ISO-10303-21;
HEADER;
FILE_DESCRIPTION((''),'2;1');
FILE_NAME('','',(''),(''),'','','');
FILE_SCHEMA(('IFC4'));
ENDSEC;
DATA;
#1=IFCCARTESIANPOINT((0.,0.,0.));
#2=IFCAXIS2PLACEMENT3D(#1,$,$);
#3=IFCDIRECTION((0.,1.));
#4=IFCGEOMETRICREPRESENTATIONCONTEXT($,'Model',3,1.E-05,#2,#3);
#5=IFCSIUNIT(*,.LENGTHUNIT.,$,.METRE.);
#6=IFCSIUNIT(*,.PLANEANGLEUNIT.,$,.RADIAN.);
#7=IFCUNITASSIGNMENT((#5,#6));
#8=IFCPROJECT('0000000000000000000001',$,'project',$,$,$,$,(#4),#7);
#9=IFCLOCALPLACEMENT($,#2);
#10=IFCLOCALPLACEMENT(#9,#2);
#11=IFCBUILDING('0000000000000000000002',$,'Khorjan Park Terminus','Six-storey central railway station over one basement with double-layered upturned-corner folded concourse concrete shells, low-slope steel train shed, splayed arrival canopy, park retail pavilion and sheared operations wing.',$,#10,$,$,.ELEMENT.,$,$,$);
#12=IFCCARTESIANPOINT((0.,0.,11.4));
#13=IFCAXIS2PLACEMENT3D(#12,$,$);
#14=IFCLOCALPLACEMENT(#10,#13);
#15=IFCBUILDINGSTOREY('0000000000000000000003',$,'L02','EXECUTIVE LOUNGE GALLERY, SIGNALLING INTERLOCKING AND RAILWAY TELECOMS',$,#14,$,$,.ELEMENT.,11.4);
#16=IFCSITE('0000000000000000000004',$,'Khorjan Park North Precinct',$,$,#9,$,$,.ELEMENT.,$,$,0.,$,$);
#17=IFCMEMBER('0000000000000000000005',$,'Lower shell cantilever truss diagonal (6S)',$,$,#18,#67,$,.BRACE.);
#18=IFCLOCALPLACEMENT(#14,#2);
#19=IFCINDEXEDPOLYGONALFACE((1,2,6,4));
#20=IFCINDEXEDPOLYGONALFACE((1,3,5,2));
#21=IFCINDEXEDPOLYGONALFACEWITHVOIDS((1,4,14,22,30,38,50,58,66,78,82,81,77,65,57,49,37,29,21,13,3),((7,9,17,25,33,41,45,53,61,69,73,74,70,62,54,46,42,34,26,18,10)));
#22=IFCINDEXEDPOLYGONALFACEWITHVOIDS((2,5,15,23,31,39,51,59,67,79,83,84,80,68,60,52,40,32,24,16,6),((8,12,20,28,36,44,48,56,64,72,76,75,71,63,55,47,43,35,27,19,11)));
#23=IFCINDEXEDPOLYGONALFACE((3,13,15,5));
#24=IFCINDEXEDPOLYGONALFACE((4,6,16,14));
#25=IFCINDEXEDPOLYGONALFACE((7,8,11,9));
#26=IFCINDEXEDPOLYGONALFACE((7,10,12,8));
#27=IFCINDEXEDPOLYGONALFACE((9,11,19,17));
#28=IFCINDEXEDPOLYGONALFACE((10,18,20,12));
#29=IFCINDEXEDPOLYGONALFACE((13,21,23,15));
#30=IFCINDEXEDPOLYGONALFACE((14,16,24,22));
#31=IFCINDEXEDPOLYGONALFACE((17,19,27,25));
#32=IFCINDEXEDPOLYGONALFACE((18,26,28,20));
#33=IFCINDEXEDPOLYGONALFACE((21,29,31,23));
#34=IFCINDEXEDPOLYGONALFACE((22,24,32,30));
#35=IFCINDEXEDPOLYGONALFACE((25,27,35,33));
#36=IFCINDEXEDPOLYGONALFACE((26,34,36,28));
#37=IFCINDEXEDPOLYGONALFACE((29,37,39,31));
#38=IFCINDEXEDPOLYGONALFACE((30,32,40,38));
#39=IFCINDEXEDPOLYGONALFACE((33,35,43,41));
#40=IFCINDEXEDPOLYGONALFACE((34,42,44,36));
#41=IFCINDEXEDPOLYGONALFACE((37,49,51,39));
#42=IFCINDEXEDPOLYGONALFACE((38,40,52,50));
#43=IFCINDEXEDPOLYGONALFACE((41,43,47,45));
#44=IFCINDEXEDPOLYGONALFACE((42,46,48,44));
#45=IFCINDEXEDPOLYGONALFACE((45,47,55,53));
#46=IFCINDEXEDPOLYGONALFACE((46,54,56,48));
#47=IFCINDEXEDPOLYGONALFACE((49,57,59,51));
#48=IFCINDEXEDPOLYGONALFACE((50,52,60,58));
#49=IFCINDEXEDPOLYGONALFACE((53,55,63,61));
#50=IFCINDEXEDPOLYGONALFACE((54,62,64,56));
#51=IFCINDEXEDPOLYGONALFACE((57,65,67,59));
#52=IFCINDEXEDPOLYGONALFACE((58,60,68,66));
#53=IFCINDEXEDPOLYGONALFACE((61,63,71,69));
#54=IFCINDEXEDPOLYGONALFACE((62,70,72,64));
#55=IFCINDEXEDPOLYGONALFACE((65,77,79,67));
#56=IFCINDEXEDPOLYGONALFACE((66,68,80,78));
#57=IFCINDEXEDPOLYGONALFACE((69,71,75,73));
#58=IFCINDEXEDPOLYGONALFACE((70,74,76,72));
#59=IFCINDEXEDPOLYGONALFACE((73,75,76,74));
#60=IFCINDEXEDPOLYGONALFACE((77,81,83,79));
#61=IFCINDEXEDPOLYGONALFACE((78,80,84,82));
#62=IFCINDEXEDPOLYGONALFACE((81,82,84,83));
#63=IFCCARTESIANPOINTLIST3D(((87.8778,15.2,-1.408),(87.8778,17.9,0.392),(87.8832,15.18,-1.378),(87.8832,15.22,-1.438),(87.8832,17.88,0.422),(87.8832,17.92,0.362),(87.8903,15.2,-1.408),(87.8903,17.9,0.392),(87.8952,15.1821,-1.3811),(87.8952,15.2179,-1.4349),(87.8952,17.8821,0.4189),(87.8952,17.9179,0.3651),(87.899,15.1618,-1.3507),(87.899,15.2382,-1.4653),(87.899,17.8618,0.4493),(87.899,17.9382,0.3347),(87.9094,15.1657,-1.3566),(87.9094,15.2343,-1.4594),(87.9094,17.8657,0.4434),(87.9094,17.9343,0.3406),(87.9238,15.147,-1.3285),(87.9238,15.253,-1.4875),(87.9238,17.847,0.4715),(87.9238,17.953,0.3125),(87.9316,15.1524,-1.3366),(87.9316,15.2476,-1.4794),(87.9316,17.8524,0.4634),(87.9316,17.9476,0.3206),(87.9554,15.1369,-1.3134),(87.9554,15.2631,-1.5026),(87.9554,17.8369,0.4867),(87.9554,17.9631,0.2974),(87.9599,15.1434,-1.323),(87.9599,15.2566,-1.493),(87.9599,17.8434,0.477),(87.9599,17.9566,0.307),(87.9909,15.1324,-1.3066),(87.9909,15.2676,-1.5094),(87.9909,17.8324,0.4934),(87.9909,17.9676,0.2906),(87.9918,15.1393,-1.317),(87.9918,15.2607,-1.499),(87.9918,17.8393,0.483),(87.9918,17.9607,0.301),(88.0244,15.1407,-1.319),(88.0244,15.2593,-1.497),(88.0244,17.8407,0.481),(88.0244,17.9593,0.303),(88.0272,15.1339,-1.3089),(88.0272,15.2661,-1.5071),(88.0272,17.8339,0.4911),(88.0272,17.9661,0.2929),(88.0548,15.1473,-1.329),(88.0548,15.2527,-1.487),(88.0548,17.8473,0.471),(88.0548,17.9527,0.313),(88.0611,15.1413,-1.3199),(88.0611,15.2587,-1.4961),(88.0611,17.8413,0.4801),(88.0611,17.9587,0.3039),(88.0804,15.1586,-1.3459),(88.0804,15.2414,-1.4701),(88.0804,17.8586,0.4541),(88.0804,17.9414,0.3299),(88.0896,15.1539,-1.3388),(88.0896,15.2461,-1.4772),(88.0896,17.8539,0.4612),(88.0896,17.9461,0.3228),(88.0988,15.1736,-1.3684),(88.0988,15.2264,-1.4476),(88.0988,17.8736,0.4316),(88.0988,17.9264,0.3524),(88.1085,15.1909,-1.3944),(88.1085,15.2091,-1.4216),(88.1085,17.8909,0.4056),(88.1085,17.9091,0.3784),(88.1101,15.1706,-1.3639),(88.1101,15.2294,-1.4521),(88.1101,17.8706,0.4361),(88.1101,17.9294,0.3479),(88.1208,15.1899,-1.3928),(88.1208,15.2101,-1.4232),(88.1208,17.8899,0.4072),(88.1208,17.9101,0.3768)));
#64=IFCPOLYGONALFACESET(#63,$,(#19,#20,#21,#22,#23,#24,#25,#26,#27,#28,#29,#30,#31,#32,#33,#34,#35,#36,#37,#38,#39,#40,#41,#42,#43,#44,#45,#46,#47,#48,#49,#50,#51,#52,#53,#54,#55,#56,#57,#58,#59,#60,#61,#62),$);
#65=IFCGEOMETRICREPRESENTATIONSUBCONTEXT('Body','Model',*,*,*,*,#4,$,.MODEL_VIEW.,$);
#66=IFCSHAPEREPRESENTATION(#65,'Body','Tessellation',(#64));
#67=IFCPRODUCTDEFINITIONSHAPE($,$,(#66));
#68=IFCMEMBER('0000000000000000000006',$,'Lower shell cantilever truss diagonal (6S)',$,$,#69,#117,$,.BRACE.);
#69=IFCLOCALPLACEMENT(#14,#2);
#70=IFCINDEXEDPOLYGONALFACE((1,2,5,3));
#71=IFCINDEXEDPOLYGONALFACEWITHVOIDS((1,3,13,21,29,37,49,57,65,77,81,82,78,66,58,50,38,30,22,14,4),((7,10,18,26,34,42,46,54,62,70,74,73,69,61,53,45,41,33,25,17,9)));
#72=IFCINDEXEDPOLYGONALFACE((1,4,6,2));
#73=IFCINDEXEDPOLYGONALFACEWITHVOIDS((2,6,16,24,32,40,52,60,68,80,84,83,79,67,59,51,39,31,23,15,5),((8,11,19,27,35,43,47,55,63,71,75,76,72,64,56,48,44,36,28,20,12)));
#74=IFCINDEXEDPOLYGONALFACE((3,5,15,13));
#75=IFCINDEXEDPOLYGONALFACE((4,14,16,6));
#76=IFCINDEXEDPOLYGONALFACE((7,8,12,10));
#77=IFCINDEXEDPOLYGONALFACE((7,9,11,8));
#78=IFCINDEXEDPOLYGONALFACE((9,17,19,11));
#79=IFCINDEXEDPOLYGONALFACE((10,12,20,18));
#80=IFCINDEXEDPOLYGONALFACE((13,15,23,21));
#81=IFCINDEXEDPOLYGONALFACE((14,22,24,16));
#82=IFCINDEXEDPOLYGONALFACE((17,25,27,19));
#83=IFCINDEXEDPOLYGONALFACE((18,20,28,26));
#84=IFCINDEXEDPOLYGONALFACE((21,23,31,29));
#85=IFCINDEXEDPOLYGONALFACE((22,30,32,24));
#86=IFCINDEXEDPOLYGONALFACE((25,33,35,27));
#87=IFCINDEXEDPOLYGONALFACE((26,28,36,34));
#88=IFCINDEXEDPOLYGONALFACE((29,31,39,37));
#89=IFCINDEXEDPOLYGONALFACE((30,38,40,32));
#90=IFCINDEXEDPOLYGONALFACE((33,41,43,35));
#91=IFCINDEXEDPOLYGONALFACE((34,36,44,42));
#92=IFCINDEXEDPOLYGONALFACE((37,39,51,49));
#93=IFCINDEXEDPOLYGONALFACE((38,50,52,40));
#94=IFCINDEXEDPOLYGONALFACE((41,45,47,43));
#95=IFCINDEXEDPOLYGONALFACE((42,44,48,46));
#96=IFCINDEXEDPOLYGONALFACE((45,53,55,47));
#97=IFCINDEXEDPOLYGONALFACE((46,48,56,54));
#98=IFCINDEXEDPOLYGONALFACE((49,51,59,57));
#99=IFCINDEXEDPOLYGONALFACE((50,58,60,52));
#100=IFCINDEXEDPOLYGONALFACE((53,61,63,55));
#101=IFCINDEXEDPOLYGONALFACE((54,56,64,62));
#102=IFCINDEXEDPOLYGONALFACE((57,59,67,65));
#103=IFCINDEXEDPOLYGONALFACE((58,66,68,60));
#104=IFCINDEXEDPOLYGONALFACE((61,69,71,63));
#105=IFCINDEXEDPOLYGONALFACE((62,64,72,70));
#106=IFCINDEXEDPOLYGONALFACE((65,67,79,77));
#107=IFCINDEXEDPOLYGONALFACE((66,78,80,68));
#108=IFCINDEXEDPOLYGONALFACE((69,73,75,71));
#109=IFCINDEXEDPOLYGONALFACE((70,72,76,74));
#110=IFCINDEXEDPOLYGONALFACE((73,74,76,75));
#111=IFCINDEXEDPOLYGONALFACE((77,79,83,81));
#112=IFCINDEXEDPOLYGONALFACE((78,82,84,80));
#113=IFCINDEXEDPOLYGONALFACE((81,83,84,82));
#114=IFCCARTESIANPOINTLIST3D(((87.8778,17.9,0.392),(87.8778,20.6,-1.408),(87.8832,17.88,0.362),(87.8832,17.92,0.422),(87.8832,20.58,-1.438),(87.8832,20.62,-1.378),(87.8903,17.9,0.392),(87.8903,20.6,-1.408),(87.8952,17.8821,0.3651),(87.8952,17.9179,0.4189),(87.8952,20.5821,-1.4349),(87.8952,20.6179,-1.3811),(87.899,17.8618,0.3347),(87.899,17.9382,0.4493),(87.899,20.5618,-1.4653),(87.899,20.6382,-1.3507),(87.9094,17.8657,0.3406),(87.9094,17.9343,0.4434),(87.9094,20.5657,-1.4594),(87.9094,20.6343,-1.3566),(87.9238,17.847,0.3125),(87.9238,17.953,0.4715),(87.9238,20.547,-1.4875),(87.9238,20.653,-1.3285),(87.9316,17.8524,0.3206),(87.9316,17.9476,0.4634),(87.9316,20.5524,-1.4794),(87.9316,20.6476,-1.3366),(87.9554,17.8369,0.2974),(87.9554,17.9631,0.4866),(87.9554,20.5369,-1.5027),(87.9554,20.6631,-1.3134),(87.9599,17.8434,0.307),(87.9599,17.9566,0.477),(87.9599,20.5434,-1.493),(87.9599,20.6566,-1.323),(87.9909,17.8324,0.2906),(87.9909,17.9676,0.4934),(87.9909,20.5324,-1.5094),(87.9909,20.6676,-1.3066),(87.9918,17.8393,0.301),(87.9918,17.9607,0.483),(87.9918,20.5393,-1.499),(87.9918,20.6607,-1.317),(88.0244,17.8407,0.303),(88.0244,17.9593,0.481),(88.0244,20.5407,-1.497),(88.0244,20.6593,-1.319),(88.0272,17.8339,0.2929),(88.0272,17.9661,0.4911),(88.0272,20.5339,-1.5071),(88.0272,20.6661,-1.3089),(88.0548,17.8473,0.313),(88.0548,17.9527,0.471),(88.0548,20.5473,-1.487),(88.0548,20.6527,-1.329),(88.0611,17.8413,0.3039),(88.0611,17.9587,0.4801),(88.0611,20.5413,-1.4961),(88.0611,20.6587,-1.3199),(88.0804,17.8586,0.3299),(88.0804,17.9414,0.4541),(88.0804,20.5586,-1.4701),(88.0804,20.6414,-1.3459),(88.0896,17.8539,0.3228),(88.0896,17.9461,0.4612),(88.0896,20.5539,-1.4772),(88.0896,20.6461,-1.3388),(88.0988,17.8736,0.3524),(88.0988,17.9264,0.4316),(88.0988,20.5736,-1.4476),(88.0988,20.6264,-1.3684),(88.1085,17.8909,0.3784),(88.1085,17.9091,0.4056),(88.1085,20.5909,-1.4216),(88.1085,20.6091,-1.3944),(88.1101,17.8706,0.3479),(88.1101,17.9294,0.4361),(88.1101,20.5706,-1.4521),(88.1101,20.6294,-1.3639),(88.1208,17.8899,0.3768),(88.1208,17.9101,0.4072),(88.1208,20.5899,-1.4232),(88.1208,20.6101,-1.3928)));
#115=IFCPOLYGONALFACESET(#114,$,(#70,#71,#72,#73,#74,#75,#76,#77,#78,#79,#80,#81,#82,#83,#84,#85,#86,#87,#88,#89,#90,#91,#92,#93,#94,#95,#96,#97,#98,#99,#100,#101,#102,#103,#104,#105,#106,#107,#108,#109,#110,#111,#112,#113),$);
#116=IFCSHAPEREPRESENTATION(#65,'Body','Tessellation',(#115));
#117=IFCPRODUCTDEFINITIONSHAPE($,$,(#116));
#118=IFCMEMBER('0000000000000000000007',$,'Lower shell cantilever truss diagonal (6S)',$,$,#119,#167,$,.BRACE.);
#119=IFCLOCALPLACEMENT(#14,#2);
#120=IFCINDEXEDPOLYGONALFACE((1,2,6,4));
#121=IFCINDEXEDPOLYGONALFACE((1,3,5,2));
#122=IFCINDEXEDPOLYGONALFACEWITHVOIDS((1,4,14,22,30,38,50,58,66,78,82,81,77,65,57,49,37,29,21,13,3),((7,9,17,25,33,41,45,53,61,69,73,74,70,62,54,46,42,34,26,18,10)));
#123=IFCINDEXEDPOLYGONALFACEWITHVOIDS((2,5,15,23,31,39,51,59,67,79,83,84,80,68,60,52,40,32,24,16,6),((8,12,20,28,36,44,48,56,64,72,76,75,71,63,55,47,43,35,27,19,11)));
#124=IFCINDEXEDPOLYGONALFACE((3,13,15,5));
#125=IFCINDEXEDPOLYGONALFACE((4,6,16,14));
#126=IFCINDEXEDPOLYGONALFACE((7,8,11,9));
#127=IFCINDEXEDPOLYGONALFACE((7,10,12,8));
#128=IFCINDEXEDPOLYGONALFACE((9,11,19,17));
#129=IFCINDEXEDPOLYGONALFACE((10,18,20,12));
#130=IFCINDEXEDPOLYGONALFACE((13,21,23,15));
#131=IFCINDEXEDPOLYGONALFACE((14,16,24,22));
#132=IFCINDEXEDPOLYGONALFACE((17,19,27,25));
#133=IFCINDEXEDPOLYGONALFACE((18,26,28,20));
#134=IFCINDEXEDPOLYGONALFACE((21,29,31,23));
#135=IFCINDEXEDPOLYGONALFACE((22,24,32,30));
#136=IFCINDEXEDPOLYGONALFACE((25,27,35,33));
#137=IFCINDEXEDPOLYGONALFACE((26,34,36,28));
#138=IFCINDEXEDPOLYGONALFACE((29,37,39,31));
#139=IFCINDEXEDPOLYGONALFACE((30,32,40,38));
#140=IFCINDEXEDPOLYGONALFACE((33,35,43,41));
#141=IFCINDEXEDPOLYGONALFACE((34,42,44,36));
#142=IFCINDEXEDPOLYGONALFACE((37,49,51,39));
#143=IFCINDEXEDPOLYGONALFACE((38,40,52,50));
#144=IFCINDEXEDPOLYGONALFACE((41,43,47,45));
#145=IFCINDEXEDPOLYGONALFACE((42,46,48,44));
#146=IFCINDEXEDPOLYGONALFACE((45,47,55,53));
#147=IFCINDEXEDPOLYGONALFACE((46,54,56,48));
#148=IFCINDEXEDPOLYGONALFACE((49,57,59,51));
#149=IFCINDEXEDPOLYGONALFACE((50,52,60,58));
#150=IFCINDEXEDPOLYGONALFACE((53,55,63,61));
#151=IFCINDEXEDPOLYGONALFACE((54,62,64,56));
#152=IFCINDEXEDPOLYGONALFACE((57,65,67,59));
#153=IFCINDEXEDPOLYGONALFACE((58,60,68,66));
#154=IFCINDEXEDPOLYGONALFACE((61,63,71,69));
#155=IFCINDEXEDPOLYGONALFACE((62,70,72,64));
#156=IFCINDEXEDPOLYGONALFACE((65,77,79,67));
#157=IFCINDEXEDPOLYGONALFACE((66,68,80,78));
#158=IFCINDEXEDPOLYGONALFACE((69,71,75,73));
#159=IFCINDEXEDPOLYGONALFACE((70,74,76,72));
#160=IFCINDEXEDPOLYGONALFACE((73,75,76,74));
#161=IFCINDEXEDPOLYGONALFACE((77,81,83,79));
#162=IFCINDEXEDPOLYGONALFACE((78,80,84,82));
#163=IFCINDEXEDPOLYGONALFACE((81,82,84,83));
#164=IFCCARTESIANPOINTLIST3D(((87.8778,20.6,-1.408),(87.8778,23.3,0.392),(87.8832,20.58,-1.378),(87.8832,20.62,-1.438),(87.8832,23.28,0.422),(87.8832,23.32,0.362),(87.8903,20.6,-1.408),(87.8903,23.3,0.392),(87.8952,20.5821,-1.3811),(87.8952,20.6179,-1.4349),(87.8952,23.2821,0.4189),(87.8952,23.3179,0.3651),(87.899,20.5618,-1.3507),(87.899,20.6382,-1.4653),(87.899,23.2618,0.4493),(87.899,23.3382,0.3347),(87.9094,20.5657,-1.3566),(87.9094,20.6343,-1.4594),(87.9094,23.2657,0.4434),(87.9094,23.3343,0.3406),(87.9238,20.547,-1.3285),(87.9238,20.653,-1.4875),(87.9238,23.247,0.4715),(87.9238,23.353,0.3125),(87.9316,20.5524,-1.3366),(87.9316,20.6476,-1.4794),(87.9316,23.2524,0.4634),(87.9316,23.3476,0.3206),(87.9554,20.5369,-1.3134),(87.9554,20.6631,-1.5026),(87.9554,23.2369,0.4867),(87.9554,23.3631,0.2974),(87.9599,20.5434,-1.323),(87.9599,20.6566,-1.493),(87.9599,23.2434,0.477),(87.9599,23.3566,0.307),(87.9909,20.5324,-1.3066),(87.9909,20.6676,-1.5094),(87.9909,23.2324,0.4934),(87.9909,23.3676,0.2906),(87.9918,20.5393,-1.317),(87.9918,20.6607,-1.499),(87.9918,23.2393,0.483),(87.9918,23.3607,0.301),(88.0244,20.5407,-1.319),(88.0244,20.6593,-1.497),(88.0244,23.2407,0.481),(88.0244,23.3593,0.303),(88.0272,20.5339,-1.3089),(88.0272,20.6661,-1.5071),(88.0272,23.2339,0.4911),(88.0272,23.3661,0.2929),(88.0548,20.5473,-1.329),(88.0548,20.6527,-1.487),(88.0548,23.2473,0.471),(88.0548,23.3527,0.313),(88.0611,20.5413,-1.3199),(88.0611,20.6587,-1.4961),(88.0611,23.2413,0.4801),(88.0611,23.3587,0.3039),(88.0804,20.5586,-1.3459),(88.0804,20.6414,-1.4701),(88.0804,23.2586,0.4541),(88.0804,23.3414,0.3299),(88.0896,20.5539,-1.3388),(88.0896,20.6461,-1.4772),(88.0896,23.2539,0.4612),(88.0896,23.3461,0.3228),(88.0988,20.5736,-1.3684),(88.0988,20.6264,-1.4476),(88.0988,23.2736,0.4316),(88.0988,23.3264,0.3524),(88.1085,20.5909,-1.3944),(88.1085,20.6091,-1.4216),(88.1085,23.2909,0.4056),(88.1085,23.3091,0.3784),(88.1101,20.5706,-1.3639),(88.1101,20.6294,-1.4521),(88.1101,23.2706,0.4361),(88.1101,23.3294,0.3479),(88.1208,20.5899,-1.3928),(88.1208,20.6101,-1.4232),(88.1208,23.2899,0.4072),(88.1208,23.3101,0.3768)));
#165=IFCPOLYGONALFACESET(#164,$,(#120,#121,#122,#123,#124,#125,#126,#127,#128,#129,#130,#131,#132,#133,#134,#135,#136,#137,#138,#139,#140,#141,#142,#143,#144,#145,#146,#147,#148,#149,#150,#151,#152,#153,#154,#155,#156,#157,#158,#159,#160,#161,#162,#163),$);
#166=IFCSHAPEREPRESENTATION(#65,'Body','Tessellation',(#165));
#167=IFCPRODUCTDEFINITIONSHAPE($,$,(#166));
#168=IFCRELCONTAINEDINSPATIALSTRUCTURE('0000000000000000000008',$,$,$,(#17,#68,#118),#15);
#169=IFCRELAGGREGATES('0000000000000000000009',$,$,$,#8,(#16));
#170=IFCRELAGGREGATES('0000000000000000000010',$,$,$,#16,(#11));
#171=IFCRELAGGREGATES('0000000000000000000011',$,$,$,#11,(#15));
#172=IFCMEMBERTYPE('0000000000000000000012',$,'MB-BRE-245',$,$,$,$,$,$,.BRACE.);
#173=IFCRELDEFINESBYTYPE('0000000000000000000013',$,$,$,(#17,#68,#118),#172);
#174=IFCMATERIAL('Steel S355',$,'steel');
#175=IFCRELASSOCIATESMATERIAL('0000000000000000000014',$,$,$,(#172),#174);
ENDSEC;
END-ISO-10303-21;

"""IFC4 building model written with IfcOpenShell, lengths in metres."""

from ifc_helpers import new_model, si_unit, direction, frame, origin, origin_2d, place, context, subcontext, project, spatial, hollow_circle, extrude, material, material_profile, profile_set, type_object, element, save


model = new_model("IFC4")

# Units and contexts
model_context = context("Model", 3, precision=1e-05, world=origin(), true_north=direction((0.0, 1.0)))
body_context = subcontext(model_context, "Body", "Model", "MODEL_VIEW")
ifc_project = project(units=[si_unit("LENGTHUNIT", "METRE"), si_unit("PLANEANGLEUNIT", "RADIAN")], contexts=[model_context])

# Site, building, storey
site_placement = place(None, origin())
site = spatial("IfcSite", under=ifc_project, at=site_placement, Name="Khorjan Park North Precinct", CompositionType="ELEMENT", RefElevation=0.0)
building_placement = place(site_placement, origin())
building = spatial("IfcBuilding", under=site, at=building_placement, Name="Khorjan Park Terminus", Description="Six-storey central railway station over one basement with double-layered upturned-corner folded concourse concrete shells, low-slope steel train shed, splayed arrival canopy, park retail pavilion and sheared operations wing.", CompositionType="ELEMENT")
storey_placement = place(building_placement, frame((0.0, 0.0, 11.4)))
storey = spatial("IfcBuildingStorey", under=building, at=storey_placement, Name="L02", Description="EXECUTIVE LOUNGE GALLERY, SIGNALLING INTERLOCKING AND RAILWAY TELECOMS", CompositionType="ELEMENT", Elevation=11.4)

# Members
ifc_material_1 = material(Name="Steel S355", Category="steel")
ifc_material_profile_1 = material_profile(ifc_material_1, hollow_circle(Radius=0.1222, WallThickness=0.0125, at=origin_2d()), Name="CHS 244.5x12.5")
ifc_profile_set_1 = profile_set([ifc_material_profile_1], Name="Steel S355")
member_type_1 = type_object("IfcMemberType", Name="MB-BRE-245", PredefinedType="BRACE", material=ifc_profile_set_1)
for number, where, z_axis, x_axis, name in (
    (1, (88.0, 15.2, -1.408), (0.0, 0.83205, 0.5547), (-1.0, 0.0, 0.0), "Lower shell cantilever truss diagonal (6S)"),
    (2, (88.0, 17.9, 0.392), (0.0, 0.83205, -0.5547), (-1.0, 0.0, 0.0), "Lower shell cantilever truss diagonal (6S)"),
    (3, (88.0, 20.6, -1.408), (0.0, 0.83205, 0.5547), (-1.0, 0.0, 0.0), "Lower shell cantilever truss diagonal (6S)"),
):
    element("IfcMember", number, at=place(storey_placement, frame(where, z_axis=z_axis, x_axis=x_axis)), inside=storey, type_object=member_type_1, Name=name, PredefinedType="BRACE", context=body_context, shape_type="SweptSolid", body=[
        extrude(hollow_circle(Radius=0.1222, WallThickness=0.0125, at=origin_2d()), origin(), (0.0, 0.0, 1.0), 3.245),
    ])

save(model, "model.ifc")
